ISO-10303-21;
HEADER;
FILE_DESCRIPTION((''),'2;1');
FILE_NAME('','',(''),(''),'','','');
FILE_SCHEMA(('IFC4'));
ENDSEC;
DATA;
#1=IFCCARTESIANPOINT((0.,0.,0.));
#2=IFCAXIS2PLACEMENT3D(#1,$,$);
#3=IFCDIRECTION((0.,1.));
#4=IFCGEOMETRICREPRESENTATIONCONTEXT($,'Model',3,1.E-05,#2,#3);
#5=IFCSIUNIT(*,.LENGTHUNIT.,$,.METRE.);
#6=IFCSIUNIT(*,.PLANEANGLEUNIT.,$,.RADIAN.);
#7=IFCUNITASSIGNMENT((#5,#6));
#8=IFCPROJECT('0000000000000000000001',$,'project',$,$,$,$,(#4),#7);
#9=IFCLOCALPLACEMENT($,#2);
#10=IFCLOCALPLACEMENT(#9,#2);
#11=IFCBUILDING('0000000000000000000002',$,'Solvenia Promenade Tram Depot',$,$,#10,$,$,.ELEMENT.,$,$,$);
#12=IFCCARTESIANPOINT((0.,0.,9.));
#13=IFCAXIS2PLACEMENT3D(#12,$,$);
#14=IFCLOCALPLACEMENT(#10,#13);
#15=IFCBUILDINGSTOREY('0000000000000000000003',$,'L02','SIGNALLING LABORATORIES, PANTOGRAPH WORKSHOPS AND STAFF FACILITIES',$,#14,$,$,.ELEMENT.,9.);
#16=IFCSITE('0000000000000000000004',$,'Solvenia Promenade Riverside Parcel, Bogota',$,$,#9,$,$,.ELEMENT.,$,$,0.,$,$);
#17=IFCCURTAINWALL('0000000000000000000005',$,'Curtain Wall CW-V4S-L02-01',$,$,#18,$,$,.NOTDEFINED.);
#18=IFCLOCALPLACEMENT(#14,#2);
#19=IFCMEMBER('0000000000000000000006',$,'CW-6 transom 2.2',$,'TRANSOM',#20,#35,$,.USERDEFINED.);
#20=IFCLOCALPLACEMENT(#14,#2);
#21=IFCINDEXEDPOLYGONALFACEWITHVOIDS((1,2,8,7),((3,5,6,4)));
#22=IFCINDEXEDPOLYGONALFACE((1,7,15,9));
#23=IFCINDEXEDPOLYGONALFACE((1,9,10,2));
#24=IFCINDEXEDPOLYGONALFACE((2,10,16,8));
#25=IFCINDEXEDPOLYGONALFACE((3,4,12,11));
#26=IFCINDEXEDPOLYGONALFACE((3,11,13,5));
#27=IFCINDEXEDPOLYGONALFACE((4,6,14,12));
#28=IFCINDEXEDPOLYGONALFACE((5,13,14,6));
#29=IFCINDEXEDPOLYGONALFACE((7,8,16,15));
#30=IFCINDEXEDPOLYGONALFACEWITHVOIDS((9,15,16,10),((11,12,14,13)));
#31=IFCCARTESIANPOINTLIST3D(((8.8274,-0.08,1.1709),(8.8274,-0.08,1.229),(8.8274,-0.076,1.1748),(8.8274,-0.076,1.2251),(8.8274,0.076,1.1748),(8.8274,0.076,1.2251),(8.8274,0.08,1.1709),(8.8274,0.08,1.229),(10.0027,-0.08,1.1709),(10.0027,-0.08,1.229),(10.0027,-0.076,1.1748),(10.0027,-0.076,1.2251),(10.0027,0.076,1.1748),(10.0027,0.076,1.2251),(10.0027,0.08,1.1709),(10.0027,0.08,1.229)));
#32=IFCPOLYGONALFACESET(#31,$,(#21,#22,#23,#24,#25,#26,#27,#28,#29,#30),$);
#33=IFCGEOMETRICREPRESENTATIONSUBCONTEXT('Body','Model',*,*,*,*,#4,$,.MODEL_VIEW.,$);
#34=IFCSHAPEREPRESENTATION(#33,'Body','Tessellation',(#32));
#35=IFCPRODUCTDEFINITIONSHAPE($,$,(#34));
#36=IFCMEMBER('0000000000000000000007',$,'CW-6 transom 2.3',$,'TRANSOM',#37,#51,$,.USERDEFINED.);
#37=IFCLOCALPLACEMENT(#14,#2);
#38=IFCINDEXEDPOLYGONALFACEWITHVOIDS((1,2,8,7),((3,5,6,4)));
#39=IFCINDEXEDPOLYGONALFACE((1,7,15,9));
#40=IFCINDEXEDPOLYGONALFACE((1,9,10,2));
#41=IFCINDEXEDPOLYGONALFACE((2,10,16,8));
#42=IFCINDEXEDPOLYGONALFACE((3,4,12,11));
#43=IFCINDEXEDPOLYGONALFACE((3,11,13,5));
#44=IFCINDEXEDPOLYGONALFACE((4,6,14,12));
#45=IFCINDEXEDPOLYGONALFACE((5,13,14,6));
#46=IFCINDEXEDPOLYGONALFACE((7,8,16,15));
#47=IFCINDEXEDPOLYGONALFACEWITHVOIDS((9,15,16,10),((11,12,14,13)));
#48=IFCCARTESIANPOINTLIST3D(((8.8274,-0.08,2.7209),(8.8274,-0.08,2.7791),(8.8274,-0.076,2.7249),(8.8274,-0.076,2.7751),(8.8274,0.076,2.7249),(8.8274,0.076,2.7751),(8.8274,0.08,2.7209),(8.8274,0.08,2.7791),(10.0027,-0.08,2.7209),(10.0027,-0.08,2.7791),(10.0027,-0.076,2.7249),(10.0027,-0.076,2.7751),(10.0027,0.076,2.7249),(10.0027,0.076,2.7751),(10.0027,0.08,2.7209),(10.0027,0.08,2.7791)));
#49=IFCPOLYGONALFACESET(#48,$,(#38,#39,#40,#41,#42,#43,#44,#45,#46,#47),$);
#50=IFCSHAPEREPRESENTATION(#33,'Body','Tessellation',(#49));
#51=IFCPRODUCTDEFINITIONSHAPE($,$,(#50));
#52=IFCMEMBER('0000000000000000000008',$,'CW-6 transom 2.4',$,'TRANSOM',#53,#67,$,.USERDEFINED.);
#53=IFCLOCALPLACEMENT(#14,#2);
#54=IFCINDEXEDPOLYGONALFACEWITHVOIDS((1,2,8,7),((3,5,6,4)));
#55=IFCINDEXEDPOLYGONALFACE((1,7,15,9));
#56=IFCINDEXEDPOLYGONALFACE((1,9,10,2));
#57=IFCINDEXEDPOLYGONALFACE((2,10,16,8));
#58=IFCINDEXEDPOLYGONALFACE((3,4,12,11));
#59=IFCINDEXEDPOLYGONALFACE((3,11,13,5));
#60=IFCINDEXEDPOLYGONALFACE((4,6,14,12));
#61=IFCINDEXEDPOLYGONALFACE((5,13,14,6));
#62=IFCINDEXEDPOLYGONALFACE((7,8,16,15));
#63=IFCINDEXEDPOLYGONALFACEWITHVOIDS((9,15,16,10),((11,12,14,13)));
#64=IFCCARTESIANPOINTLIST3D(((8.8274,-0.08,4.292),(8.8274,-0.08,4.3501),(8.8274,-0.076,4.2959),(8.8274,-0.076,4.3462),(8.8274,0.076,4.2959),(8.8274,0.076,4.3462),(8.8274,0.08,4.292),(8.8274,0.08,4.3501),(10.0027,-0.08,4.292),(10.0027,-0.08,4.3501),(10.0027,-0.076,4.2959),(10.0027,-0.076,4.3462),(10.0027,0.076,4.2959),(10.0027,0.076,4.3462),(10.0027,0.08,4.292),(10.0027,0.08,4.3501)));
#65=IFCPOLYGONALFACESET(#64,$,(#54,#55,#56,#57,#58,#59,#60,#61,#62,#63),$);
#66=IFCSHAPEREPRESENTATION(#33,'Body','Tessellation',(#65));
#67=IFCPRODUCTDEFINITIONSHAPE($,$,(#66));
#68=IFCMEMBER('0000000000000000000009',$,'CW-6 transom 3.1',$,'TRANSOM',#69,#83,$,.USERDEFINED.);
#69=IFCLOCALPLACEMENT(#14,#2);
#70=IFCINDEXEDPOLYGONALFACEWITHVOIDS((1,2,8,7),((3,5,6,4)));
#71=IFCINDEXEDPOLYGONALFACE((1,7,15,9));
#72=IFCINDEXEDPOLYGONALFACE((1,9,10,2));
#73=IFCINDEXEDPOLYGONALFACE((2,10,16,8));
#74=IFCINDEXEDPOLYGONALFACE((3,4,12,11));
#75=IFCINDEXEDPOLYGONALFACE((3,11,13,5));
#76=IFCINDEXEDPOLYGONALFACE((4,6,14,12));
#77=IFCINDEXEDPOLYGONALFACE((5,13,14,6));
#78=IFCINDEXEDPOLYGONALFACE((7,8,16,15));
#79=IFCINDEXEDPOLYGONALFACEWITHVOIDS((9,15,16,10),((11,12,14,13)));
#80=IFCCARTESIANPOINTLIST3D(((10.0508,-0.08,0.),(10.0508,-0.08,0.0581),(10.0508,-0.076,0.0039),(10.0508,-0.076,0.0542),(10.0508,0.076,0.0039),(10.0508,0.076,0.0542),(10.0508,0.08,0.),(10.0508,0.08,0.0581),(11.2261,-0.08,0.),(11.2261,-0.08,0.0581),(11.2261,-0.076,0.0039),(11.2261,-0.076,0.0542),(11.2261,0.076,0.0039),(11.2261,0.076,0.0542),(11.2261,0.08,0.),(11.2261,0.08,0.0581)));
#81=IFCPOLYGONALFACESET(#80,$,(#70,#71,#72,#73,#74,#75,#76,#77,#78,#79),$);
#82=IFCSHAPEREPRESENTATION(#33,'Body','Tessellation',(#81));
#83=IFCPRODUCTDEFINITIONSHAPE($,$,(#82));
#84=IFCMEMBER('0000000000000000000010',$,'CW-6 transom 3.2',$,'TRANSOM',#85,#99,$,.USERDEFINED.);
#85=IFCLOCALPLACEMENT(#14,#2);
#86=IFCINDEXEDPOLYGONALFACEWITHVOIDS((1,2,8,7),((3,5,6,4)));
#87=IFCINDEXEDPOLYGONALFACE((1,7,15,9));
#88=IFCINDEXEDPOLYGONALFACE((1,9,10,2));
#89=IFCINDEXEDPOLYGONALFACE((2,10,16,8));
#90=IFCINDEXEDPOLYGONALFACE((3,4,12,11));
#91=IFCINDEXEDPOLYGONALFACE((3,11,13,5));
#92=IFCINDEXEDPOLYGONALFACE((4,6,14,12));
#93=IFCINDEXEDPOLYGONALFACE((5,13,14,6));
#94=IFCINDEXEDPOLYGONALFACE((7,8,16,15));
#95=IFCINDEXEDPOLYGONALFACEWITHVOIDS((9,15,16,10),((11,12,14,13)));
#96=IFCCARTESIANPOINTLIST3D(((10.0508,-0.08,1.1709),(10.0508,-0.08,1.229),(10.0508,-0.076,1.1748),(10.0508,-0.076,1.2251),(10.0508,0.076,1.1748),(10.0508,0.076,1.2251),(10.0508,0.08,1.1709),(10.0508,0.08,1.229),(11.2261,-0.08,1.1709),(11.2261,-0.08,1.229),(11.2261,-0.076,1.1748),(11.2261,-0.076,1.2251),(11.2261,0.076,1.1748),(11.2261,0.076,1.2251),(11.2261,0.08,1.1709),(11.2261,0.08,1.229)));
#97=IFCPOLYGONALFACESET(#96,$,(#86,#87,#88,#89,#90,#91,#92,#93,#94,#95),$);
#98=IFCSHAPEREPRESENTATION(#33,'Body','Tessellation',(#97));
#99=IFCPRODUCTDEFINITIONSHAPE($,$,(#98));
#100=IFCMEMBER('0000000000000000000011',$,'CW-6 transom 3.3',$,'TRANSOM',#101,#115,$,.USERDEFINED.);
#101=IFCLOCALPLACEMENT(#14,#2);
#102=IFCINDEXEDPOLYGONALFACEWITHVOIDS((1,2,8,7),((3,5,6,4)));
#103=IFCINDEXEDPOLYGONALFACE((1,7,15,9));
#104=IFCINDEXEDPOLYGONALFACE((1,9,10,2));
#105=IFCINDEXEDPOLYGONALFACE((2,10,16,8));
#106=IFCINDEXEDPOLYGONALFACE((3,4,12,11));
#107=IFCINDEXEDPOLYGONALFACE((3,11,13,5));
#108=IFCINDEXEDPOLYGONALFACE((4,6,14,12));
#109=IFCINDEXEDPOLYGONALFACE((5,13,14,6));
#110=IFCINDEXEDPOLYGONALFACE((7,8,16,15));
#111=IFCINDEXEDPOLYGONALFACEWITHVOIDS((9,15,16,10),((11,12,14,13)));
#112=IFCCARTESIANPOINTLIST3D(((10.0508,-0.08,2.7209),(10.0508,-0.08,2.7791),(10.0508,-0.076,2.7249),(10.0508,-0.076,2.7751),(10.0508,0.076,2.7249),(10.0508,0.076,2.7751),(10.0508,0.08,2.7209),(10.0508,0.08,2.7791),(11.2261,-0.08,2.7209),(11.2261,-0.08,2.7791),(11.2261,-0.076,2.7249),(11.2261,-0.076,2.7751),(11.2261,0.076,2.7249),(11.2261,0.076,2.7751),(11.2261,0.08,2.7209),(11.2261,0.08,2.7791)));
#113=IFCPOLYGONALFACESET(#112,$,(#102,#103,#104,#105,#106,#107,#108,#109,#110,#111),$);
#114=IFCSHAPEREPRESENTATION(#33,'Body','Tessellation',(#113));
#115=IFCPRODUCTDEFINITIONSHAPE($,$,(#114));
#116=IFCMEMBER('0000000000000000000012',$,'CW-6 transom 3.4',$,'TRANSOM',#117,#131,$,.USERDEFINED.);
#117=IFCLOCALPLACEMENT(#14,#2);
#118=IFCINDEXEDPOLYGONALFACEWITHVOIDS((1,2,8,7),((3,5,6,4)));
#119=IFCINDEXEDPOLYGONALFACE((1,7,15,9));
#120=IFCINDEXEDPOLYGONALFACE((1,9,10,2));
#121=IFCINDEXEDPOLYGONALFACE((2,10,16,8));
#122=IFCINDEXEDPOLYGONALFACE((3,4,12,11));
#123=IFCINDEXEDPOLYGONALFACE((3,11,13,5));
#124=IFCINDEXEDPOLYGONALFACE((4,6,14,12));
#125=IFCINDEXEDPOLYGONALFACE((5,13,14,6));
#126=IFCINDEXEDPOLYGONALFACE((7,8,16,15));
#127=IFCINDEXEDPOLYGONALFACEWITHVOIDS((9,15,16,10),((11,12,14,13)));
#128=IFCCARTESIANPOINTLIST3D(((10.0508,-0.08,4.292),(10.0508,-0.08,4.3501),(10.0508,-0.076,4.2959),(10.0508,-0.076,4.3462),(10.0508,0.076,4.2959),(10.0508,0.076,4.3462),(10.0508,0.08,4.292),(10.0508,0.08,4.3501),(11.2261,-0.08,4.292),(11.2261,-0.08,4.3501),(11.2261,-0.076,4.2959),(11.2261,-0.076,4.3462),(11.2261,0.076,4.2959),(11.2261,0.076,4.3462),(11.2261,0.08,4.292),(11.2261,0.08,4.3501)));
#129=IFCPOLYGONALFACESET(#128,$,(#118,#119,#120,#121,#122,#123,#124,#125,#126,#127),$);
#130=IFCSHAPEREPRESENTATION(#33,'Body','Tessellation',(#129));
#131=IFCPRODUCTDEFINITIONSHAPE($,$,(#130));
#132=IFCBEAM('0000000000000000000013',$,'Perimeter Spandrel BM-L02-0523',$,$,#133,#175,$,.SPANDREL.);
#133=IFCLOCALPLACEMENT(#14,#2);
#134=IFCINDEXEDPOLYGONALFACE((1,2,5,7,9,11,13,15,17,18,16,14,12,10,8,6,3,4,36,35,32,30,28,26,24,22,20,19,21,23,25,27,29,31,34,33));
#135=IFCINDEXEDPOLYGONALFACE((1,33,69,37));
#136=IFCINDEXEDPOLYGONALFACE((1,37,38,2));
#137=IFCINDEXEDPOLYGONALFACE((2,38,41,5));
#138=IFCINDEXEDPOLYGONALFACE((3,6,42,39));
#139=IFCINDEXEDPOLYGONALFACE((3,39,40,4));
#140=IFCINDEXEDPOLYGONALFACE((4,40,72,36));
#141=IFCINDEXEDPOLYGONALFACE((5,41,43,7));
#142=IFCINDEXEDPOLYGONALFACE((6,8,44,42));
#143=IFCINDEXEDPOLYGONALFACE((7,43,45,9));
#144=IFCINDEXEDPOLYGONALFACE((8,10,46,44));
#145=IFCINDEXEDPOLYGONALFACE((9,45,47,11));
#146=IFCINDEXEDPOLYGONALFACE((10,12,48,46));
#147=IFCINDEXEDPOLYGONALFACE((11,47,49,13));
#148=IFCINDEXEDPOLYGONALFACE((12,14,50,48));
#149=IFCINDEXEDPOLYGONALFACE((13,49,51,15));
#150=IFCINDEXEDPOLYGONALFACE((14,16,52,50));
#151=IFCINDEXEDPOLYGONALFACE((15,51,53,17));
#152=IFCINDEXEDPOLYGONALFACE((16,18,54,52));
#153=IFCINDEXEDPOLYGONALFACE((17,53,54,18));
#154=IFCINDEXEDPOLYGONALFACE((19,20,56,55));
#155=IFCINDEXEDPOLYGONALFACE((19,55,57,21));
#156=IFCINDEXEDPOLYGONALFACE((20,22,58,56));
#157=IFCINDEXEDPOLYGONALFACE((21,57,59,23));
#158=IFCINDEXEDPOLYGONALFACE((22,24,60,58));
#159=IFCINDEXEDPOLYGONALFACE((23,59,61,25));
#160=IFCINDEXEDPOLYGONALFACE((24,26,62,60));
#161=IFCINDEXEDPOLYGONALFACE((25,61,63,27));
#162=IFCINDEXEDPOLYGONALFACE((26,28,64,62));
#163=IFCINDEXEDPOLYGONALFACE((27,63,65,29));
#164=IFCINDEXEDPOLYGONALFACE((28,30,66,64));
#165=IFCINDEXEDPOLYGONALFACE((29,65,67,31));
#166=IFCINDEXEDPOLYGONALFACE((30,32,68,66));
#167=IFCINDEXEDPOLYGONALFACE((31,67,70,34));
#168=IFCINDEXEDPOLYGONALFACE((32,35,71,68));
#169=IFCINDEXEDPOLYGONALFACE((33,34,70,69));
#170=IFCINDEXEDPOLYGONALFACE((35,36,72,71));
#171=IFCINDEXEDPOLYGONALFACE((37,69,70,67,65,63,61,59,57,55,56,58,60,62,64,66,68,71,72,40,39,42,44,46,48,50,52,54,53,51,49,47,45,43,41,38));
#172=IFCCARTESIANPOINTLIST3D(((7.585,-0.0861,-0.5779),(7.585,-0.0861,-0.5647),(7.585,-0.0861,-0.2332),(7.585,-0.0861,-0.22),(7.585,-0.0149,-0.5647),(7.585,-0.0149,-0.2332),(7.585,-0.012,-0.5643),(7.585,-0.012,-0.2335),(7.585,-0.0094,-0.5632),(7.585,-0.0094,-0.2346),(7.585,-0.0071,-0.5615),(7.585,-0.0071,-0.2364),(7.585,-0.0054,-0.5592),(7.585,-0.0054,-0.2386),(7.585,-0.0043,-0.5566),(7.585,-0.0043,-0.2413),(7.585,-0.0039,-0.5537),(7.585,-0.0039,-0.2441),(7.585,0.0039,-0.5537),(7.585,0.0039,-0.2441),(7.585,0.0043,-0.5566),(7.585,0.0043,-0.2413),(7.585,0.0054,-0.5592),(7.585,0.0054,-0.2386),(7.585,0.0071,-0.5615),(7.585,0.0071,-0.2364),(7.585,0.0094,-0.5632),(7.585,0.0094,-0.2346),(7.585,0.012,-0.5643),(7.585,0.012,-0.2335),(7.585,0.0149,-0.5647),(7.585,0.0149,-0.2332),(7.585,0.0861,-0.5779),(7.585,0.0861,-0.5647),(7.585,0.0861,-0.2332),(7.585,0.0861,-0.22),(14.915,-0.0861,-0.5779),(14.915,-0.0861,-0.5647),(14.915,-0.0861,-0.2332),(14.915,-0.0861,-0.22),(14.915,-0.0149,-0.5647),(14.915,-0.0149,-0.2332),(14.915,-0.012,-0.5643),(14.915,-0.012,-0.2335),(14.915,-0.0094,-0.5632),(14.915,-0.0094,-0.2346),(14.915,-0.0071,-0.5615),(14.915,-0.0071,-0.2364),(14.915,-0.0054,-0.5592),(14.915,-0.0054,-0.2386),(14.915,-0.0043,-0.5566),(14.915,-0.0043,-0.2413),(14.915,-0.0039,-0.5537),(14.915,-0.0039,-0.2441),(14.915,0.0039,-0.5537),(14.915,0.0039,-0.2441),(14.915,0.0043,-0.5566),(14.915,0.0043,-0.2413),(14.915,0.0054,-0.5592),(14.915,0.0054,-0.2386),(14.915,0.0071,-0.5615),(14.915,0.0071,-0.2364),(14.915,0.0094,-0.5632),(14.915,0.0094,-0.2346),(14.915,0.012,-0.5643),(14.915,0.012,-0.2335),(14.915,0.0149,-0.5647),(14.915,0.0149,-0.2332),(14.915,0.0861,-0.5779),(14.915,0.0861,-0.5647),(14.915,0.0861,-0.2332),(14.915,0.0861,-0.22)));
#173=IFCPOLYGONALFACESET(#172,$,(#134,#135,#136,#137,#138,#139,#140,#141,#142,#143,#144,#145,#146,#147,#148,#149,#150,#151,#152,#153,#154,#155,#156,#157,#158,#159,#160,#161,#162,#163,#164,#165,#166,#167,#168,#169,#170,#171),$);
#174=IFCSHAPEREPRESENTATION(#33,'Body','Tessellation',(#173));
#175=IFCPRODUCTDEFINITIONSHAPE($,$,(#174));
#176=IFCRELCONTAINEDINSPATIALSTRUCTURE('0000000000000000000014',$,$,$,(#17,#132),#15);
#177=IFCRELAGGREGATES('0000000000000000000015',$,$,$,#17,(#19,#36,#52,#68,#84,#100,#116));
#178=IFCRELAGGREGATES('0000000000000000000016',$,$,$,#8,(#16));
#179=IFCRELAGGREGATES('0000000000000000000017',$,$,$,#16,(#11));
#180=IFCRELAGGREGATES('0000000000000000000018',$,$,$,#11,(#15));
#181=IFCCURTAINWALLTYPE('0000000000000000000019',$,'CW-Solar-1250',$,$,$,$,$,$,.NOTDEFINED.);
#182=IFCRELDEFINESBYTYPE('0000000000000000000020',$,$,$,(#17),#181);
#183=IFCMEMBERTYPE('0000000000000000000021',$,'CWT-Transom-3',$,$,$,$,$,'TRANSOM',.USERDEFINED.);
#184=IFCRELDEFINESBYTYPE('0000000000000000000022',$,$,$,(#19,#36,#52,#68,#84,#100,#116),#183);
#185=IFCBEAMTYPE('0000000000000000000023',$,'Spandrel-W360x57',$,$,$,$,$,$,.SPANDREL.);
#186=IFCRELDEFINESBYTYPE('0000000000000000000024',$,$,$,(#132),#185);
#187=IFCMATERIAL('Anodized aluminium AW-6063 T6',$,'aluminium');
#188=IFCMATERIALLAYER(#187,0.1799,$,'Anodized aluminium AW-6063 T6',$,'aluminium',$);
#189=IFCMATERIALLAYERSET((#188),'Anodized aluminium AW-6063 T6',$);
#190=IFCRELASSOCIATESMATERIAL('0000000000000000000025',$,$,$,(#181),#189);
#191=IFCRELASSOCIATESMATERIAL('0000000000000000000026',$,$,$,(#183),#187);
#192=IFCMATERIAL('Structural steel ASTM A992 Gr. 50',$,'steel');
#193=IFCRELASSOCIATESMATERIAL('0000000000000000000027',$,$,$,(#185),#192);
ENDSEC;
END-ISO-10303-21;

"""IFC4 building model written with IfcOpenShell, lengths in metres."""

from ifc_helpers import new_model, si_unit, direction, frame, origin, origin_2d, place, context, subcontext, project, spatial, hollow_rectangle, i_section, extrude, material, layer, layer_set, material_profile, profile_set, type_object, element, aggregate, save


model = new_model("IFC4")

# Units and contexts
model_context = context("Model", 3, precision=1e-05, world=origin(), true_north=direction((0.0, 1.0)))
body_context = subcontext(model_context, "Body", "Model", "MODEL_VIEW")
ifc_project = project(units=[si_unit("LENGTHUNIT", "METRE"), si_unit("PLANEANGLEUNIT", "RADIAN")], contexts=[model_context])

# Site, building, storey
site_placement = place(None, origin())
site = spatial("IfcSite", under=ifc_project, at=site_placement, Name="Solvenia Promenade Riverside Parcel, Bogota", CompositionType="ELEMENT", RefElevation=0.0)
building_placement = place(site_placement, origin())
building = spatial("IfcBuilding", under=site, at=building_placement, Name="Solvenia Promenade Tram Depot", CompositionType="ELEMENT")
storey_placement = place(building_placement, frame((0.0, 0.0, 9.0)))
storey = spatial("IfcBuildingStorey", under=building, at=storey_placement, Name="L02", Description="SIGNALLING LABORATORIES, PANTOGRAPH WORKSHOPS AND STAFF FACILITIES", CompositionType="ELEMENT", Elevation=9.0)

# Shared definitions
ifc_material_1 = material(Name="Structural steel ASTM A992 Gr. 50", Category="steel")

# Curtain wall, members
ifc_material_2 = material(Name="Anodized aluminium AW-6063 T6", Category="aluminium")
ifc_layer_1 = layer(ifc_material_2, 0.1799, Name="Anodized aluminium AW-6063 T6", Category="aluminium")
ifc_layer_set_1 = layer_set([ifc_layer_1], Name="Anodized aluminium AW-6063 T6")
curtain_wall_type = type_object("IfcCurtainWallType", Name="CW-Solar-1250", PredefinedType="NOTDEFINED", material=ifc_layer_set_1)
curtain_wall_placement = place(storey_placement, origin())
curtain_wall = element("IfcCurtainWall", 1, at=curtain_wall_placement, inside=storey, type_object=curtain_wall_type, Name="Curtain Wall CW-V4S-L02-01", PredefinedType="NOTDEFINED")
ifc_material_profile_1 = material_profile(ifc_material_2, hollow_rectangle(XDim=0.1599, YDim=0.0581, WallThickness=0.0039, at=origin_2d()), Name="ALU-T3", Category="aluminium")
ifc_profile_set_1 = profile_set([ifc_material_profile_1], Name="Anodized aluminium AW-6063 T6")
member_type_1 = type_object("IfcMemberType", Name="CWT-Transom-3", ElementType="TRANSOM", PredefinedType="USERDEFINED", material=ifc_profile_set_1)
member_1_placement = place(storey_placement, frame((8.8274, 0.0, 1.2), z_axis=(1.0, 0.0, 0.0), x_axis=(0.0, 1.0, 0.0)))
member_1 = element("IfcMember", 2, at=member_1_placement, type_object=member_type_1, Name="CW-6 transom 2.2", ObjectType="TRANSOM", PredefinedType="USERDEFINED", context=body_context, shape_type="SweptSolid", body=[
    extrude(hollow_rectangle(XDim=0.1599, YDim=0.0581, WallThickness=0.0039, at=origin_2d()), origin(), (0.0, 0.0, 1.0), 1.1753),
])
member_2_placement = place(storey_placement, frame((8.8274, 0.0, 2.75), z_axis=(1.0, 0.0, 0.0), x_axis=(0.0, 1.0, 0.0)))
member_2 = element("IfcMember", 3, at=member_2_placement, type_object=member_type_1, Name="CW-6 transom 2.3", ObjectType="TRANSOM", PredefinedType="USERDEFINED", context=body_context, shape_type="SweptSolid", body=[
    extrude(hollow_rectangle(XDim=0.1599, YDim=0.0581, WallThickness=0.0039, at=origin_2d()), origin(), (0.0, 0.0, 1.0), 1.1753),
])
member_3_placement = place(storey_placement, frame((8.8274, 0.0, 4.321), z_axis=(1.0, 0.0, 0.0), x_axis=(0.0, 1.0, 0.0)))
member_3 = element("IfcMember", 4, at=member_3_placement, type_object=member_type_1, Name="CW-6 transom 2.4", ObjectType="TRANSOM", PredefinedType="USERDEFINED", context=body_context, shape_type="SweptSolid", body=[
    extrude(hollow_rectangle(XDim=0.1599, YDim=0.0581, WallThickness=0.0039, at=origin_2d()), origin(), (0.0, 0.0, 1.0), 1.1753),
])
member_4_placement = place(storey_placement, frame((10.0508, 0.0, 0.0291), z_axis=(1.0, 0.0, 0.0), x_axis=(0.0, 1.0, 0.0)))
member_4 = element("IfcMember", 5, at=member_4_placement, type_object=member_type_1, Name="CW-6 transom 3.1", ObjectType="TRANSOM", PredefinedType="USERDEFINED", context=body_context, shape_type="SweptSolid", body=[
    extrude(hollow_rectangle(XDim=0.1599, YDim=0.0581, WallThickness=0.0039, at=origin_2d()), origin(), (0.0, 0.0, 1.0), 1.1753),
])
member_5_placement = place(storey_placement, frame((10.0508, 0.0, 1.2), z_axis=(1.0, 0.0, 0.0), x_axis=(0.0, 1.0, 0.0)))
member_5 = element("IfcMember", 6, at=member_5_placement, type_object=member_type_1, Name="CW-6 transom 3.2", ObjectType="TRANSOM", PredefinedType="USERDEFINED", context=body_context, shape_type="SweptSolid", body=[
    extrude(hollow_rectangle(XDim=0.1599, YDim=0.0581, WallThickness=0.0039, at=origin_2d()), origin(), (0.0, 0.0, 1.0), 1.1753),
])
member_6_placement = place(storey_placement, frame((10.0508, 0.0, 2.75), z_axis=(1.0, 0.0, 0.0), x_axis=(0.0, 1.0, 0.0)))
member_6 = element("IfcMember", 7, at=member_6_placement, type_object=member_type_1, Name="CW-6 transom 3.3", ObjectType="TRANSOM", PredefinedType="USERDEFINED", context=body_context, shape_type="SweptSolid", body=[
    extrude(hollow_rectangle(XDim=0.1599, YDim=0.0581, WallThickness=0.0039, at=origin_2d()), origin(), (0.0, 0.0, 1.0), 1.1753),
])
member_7_placement = place(storey_placement, frame((10.0508, 0.0, 4.321), z_axis=(1.0, 0.0, 0.0), x_axis=(0.0, 1.0, 0.0)))
member_7 = element("IfcMember", 8, at=member_7_placement, type_object=member_type_1, Name="CW-6 transom 3.4", ObjectType="TRANSOM", PredefinedType="USERDEFINED", context=body_context, shape_type="SweptSolid", body=[
    extrude(hollow_rectangle(XDim=0.1599, YDim=0.0581, WallThickness=0.0039, at=origin_2d()), origin(), (0.0, 0.0, 1.0), 1.1753),
])

# Beam
ifc_material_profile_2 = material_profile(ifc_material_1, i_section(OverallWidth=0.1721, OverallDepth=0.3579, WebThickness=0.0078, FlangeThickness=0.0132, FilletRadius=0.011, at=origin_2d()), Name="W360x57", Category="steel")
ifc_profile_set_2 = profile_set([ifc_material_profile_2], Name="Structural steel ASTM A992 Gr. 50")
beam_type = type_object("IfcBeamType", Name="Spandrel-W360x57", PredefinedType="SPANDREL", material=ifc_profile_set_2)
for number, where, z_axis, x_axis, name in (
    (9, (7.585, 0.0, -0.3989), (1.0, 0.0, 0.0), (0.0, 1.0, 0.0), "Perimeter Spandrel BM-L02-0523"),
):
    element("IfcBeam", number, at=place(storey_placement, frame(where, z_axis=z_axis, x_axis=x_axis)), inside=storey, type_object=beam_type, Name=name, PredefinedType="SPANDREL", context=body_context, shape_type="SweptSolid", body=[
        extrude(i_section(OverallWidth=0.1721, OverallDepth=0.3579, WebThickness=0.0078, FlangeThickness=0.0132, FilletRadius=0.011, at=origin_2d()), origin(), (0.0, 0.0, 1.0), 7.3301),
    ])

aggregate(curtain_wall, [member_1, member_2, member_3, member_4, member_5, member_6, member_7])

save(model, "model.ifc")
